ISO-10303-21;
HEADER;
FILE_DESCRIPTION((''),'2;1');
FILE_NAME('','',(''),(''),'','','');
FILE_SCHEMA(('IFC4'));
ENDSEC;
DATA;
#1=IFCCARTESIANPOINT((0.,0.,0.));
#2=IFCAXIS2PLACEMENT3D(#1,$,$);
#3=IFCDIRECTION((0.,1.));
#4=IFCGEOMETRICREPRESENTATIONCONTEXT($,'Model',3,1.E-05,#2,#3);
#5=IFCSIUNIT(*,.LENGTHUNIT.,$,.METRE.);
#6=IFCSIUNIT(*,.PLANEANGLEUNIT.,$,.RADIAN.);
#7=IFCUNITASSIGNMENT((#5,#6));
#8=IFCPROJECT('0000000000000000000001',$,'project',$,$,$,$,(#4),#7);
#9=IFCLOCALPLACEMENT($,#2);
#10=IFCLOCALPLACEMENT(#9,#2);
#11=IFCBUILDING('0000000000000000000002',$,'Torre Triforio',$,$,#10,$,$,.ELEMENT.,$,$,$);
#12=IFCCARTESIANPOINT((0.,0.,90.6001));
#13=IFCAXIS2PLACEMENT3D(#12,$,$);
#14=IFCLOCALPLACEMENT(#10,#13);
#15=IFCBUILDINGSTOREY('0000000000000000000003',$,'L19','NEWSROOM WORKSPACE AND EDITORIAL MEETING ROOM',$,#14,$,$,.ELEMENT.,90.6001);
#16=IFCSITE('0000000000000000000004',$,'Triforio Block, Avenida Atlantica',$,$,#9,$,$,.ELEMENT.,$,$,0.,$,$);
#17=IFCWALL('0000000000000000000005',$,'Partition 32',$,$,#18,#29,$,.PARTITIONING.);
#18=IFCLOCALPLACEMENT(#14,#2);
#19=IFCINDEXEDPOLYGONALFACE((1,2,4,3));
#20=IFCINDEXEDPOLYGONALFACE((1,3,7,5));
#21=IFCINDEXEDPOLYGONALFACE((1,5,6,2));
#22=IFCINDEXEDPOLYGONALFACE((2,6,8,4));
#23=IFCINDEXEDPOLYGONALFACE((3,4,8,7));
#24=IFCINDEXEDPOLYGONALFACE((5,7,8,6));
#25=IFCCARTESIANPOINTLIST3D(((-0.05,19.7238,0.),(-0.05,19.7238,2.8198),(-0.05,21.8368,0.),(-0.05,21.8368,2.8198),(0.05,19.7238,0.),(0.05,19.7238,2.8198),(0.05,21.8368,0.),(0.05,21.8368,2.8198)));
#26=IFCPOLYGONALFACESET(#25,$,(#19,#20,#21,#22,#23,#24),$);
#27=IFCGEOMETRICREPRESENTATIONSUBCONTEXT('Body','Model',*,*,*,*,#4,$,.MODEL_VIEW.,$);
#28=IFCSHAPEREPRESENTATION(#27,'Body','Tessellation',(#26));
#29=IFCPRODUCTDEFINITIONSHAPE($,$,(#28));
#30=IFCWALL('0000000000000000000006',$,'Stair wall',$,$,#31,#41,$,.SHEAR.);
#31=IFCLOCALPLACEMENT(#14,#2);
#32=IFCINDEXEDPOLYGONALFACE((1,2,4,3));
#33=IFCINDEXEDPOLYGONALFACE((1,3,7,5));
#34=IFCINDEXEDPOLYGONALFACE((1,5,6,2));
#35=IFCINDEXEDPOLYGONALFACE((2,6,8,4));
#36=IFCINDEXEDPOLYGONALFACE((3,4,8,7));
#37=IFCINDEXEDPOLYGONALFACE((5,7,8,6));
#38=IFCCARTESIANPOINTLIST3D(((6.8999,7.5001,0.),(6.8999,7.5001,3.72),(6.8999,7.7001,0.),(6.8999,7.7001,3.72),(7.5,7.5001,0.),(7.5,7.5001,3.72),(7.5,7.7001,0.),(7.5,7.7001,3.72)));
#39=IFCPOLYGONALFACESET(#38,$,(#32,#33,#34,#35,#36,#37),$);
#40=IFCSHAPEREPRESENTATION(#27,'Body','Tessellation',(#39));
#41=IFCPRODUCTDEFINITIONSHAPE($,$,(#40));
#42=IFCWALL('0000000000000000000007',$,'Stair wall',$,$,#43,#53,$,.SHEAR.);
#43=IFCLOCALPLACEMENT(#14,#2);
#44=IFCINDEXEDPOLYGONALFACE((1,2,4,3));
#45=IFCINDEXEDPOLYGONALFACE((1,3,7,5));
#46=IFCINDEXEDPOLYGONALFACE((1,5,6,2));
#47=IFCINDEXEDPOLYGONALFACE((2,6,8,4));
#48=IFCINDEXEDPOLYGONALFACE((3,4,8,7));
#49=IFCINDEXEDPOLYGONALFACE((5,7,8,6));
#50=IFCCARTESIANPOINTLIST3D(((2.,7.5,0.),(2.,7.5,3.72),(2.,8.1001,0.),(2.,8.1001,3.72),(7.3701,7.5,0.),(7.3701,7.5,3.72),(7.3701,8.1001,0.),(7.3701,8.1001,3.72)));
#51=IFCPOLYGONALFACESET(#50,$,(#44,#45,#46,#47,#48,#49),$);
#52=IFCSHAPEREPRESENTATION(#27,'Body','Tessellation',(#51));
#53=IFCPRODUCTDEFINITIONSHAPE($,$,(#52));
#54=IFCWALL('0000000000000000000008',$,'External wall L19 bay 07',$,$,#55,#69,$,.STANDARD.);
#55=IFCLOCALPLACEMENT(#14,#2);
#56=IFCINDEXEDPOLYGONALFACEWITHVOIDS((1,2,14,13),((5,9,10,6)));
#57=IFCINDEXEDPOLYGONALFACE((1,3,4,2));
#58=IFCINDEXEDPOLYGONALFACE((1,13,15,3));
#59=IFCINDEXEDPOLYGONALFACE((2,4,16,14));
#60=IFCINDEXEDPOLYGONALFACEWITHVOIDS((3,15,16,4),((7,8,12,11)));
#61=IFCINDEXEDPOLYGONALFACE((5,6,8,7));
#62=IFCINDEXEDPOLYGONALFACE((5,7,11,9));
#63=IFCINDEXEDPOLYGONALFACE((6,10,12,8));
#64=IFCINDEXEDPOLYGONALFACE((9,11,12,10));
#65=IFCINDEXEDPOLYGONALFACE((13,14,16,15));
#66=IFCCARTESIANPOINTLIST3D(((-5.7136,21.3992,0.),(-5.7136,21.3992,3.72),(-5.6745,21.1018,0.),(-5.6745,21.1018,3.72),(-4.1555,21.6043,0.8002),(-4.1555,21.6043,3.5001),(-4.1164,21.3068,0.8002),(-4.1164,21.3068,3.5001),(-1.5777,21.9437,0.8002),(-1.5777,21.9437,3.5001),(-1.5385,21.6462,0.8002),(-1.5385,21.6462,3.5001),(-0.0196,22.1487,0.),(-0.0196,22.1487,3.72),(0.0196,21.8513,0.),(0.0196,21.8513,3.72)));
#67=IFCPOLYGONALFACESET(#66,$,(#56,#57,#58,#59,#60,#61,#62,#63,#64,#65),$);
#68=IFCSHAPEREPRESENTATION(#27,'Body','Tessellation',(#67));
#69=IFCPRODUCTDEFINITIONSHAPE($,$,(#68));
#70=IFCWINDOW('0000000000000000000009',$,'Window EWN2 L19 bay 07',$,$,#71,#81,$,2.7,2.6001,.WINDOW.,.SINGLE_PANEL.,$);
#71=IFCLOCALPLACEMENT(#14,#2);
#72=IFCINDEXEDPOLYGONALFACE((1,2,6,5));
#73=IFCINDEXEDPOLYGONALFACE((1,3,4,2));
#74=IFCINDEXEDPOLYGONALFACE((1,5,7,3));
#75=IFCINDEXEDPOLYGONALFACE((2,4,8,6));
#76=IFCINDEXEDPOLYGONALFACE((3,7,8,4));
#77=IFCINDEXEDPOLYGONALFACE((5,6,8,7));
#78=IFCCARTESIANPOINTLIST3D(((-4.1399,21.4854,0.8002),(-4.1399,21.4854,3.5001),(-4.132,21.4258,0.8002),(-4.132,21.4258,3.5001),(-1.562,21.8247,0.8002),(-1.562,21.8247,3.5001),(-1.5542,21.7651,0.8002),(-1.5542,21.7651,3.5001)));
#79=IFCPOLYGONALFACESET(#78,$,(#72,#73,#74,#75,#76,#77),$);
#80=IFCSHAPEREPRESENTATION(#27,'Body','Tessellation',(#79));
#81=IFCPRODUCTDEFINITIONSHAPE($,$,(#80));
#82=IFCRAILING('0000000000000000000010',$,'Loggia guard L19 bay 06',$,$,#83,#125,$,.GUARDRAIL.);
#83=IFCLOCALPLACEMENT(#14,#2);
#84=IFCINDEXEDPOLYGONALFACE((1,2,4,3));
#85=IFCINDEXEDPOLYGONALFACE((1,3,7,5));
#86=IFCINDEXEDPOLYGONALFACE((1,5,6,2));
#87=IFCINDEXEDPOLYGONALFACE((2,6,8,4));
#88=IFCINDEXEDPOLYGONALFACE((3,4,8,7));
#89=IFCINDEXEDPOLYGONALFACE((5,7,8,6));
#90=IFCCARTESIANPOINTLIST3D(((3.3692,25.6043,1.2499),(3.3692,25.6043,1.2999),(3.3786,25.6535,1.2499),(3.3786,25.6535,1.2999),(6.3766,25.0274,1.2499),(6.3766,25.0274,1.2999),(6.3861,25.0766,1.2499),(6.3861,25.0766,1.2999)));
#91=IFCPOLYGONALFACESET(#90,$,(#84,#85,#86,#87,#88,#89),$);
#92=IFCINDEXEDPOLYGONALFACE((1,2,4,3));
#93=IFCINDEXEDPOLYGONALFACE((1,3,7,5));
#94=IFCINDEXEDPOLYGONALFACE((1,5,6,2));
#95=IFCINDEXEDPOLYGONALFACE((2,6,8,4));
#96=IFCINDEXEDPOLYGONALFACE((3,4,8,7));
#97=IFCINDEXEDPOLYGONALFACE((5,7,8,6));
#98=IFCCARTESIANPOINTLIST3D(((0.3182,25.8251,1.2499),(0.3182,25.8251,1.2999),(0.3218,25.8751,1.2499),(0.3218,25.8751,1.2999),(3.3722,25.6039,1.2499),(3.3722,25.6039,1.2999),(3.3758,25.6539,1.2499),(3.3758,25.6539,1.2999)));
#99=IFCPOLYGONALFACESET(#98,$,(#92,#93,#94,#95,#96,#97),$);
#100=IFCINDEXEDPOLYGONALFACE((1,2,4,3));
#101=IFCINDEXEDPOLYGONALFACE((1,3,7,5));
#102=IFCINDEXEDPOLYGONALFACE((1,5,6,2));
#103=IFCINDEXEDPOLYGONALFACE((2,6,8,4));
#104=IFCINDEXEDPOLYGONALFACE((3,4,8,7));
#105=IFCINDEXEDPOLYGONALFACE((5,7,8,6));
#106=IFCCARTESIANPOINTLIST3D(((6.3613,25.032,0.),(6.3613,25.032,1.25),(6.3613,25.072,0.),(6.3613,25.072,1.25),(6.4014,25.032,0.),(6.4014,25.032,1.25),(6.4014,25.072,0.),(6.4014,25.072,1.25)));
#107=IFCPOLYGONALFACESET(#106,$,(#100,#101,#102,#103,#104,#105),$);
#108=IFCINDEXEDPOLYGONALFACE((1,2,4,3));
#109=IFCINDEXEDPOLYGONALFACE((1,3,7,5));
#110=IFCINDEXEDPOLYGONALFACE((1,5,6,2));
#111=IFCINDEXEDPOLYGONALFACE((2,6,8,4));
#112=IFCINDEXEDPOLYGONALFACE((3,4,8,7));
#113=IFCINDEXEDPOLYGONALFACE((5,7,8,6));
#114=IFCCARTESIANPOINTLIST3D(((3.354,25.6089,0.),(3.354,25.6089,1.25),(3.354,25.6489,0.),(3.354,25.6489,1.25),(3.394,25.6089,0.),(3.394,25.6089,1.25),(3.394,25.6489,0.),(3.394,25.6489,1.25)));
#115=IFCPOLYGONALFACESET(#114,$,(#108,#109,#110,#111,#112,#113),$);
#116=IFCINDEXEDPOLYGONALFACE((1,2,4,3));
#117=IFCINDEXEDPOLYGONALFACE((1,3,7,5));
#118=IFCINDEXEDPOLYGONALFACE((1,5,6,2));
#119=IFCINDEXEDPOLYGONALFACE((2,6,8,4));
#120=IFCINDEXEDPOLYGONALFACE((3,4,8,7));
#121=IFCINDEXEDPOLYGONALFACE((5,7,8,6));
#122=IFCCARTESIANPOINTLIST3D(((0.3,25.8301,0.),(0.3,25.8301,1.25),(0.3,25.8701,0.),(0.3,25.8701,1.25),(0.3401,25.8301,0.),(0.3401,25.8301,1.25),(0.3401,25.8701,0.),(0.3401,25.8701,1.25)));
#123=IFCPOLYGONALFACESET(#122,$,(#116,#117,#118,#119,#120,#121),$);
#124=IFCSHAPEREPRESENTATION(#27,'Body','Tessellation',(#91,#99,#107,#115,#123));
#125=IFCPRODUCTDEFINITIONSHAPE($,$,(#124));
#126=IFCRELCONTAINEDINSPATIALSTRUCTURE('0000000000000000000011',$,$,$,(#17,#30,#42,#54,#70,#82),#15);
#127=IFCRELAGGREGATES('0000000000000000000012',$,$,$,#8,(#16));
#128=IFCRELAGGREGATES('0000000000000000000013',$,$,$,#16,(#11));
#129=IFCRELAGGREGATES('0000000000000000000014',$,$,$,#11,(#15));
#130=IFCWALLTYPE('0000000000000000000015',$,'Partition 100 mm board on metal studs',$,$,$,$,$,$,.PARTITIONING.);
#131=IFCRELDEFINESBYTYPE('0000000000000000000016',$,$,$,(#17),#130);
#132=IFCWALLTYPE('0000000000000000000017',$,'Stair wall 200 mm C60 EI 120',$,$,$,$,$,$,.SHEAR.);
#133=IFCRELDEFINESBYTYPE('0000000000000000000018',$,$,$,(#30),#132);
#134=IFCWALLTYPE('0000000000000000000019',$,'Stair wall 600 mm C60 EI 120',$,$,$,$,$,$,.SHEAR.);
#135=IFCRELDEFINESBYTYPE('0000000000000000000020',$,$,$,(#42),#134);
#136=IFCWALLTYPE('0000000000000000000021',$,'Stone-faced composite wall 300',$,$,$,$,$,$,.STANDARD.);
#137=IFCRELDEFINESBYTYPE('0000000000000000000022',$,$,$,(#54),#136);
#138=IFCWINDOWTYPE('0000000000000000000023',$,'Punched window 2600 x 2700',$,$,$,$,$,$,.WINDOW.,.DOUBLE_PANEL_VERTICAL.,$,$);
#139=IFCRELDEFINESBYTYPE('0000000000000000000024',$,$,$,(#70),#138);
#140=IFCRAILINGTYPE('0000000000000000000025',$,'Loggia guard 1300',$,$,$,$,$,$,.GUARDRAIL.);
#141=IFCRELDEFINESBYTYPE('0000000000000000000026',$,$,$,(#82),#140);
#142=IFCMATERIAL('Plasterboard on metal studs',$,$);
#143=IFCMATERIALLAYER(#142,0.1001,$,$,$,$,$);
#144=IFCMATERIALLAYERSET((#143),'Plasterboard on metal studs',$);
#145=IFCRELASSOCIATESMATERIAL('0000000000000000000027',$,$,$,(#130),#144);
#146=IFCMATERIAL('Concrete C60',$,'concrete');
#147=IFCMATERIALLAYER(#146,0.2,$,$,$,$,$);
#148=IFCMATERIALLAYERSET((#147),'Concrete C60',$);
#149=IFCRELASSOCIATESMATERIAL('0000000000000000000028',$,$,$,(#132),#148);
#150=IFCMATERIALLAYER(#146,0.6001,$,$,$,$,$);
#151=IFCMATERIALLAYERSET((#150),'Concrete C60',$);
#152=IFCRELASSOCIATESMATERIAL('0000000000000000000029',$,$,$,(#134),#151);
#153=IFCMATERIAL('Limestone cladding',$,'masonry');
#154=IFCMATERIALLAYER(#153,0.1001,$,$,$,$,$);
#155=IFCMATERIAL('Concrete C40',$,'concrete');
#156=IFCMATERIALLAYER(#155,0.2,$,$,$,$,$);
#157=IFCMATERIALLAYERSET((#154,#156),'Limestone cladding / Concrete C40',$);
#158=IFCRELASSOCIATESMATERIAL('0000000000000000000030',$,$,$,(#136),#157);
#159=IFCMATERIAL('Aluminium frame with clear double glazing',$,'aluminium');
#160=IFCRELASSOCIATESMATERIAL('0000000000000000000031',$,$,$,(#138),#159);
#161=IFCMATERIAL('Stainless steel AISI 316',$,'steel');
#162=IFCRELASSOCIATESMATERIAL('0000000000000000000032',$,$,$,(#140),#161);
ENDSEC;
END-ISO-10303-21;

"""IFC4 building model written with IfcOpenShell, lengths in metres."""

from ifc_helpers import new_model, si_unit, direction, frame, frame_2d, origin, origin_2d, place, context, subcontext, project, spatial, rectangle, extrude, material, layer, layer_set, type_object, element, fill, save


model = new_model("IFC4")

# Units and contexts
model_context = context("Model", 3, precision=1e-05, world=origin(), true_north=direction((0.0, 1.0)))
body_context = subcontext(model_context, "Body", "Model", "MODEL_VIEW")
ifc_project = project(units=[si_unit("LENGTHUNIT", "METRE"), si_unit("PLANEANGLEUNIT", "RADIAN")], contexts=[model_context])

# Site, building, storey
site_placement = place(None, origin())
site = spatial("IfcSite", under=ifc_project, at=site_placement, Name="Triforio Block, Avenida Atlantica", CompositionType="ELEMENT", RefElevation=0.0)
building_placement = place(site_placement, origin())
building = spatial("IfcBuilding", under=site, at=building_placement, Name="Torre Triforio", CompositionType="ELEMENT")
storey_placement = place(building_placement, frame((0.0, 0.0, 90.6001)))
storey = spatial("IfcBuildingStorey", under=building, at=storey_placement, Name="L19", Description="NEWSROOM WORKSPACE AND EDITORIAL MEETING ROOM", CompositionType="ELEMENT", Elevation=90.6001)

# Shared definitions
ifc_material_1 = material(Name="Concrete C60", Category="concrete")

# Shared definitions
ifc_material_2 = material(Name="Plasterboard on metal studs")

# Walls
ifc_layer_1 = layer(ifc_material_2, 0.1001)
ifc_layer_set_1 = layer_set([ifc_layer_1], Name="Plasterboard on metal studs")
wall_type_1 = type_object("IfcWallType", Name="Partition 100 mm board on metal studs", PredefinedType="PARTITIONING", material=ifc_layer_set_1)
wall_1_placement = place(storey_placement, frame((0.0, 19.7236, 0.0), z_axis=(0.0, 0.0, 1.0), x_axis=(0.0, 1.0, 0.0)))
element("IfcWall", 1, at=wall_1_placement, inside=storey, type_object=wall_type_1, Name="Partition 32", PredefinedType="PARTITIONING", context=body_context, shape_type="SweptSolid", body=[
    extrude(rectangle(XDim=2.113, YDim=0.1001, at=frame_2d((1.0566, 0.0))), origin(), (0.0, 0.0, 1.0), 2.8198),
])
ifc_layer_2 = layer(ifc_material_1, 0.2)
ifc_layer_set_2 = layer_set([ifc_layer_2], Name="Concrete C60")
wall_type_2 = type_object("IfcWallType", Name="Stair wall 200 mm C60 EI 120", PredefinedType="SHEAR", material=ifc_layer_set_2)
wall_2_placement = place(storey_placement, frame((6.8999, 7.6001, 0.0), z_axis=(0.0, 0.0, 1.0), x_axis=(1.0, 0.0, 0.0)))
element("IfcWall", 2, at=wall_2_placement, inside=storey, type_object=wall_type_2, Name="Stair wall", PredefinedType="SHEAR", context=body_context, shape_type="SweptSolid", body=[
    extrude(rectangle(XDim=0.6001, YDim=0.2, at=frame_2d((0.3, 0.0))), origin(), (0.0, 0.0, 1.0), 3.72),
])
ifc_layer_3 = layer(ifc_material_1, 0.6001)
ifc_layer_set_3 = layer_set([ifc_layer_3], Name="Concrete C60")
wall_type_3 = type_object("IfcWallType", Name="Stair wall 600 mm C60 EI 120", PredefinedType="SHEAR", material=ifc_layer_set_3)
wall_3_placement = place(storey_placement, frame((2.0, 7.8, 0.0), z_axis=(0.0, 0.0, 1.0), x_axis=(1.0, 0.0, 0.0)))
element("IfcWall", 3, at=wall_3_placement, inside=storey, type_object=wall_type_3, Name="Stair wall", PredefinedType="SHEAR", context=body_context, shape_type="SweptSolid", body=[
    extrude(rectangle(XDim=5.3701, YDim=0.6001, at=frame_2d((2.6851, 0.0))), origin(), (0.0, 0.0, 1.0), 3.72),
])

# Shared definitions
ifc_material_3 = material(Name="Limestone cladding", Category="masonry")
ifc_layer_4 = layer(ifc_material_3, 0.1001)
ifc_material_4 = material(Name="Concrete C40", Category="concrete")
ifc_layer_5 = layer(ifc_material_4, 0.2)
ifc_layer_set_4 = layer_set([ifc_layer_4, ifc_layer_5], Name="Limestone cladding / Concrete C40")
wall_type_4 = type_object("IfcWallType", Name="Stone-faced composite wall 300", PredefinedType="STANDARD", material=ifc_layer_set_4)
ifc_material_5 = material(Name="Aluminium frame with clear double glazing", Category="aluminium")

# Wall, opening, window
wall_4_placement = place(storey_placement, frame((0.0, 22.0, 0.0), z_axis=(0.0, 0.0, 1.0), x_axis=(-0.991448, -0.130504, 0.0)))
wall_4 = element("IfcWall", 4, at=wall_4_placement, inside=storey, type_object=wall_type_4, Name="External wall L19 bay 07", PredefinedType="STANDARD", context=body_context, shape_type="SweptSolid", body=[
    extrude(rectangle(XDim=5.7432, YDim=0.3, at=frame_2d((2.8716, 0.0))), origin(), (0.0, 0.0, 1.0), 3.72),
])
opening_1_placement = place(wall_4_placement, frame((1.5715, 0.0, 0.8)))
opening_1 = element("IfcOpeningElement", 5, at=opening_1_placement, cuts=wall_4, PredefinedType="OPENING", context=body_context, shape_type="SweptSolid", body=[
    extrude(rectangle(XDim=2.6001, YDim=2.7, at=frame_2d((1.3, 1.3501))), frame((0.0, 0.1599, 0.0), z_axis=(0.0, -1.0, 0.0), x_axis=(1.0, 0.0, 0.0)), (0.0, 0.0, 1.0), 0.3201),
])
window_type_1 = type_object("IfcWindowType", Name="Punched window 2600 x 2700", PartitioningType="DOUBLE_PANEL_VERTICAL", PredefinedType="WINDOW", material=ifc_material_5)
window_1_placement = place(opening_1_placement, origin())
window_1 = element("IfcWindow", 6, at=window_1_placement, inside=storey, type_object=window_type_1, Name="Window EWN2 L19 bay 07", OverallHeight=2.7, OverallWidth=2.6001, PartitioningType="SINGLE_PANEL", PredefinedType="WINDOW", context=body_context, shape_type="SweptSolid", body=[
    extrude(rectangle(XDim=2.6001, YDim=2.7, at=frame_2d((1.3, 1.3501))), frame((0.0, 0.03, 0.0), z_axis=(0.0, -1.0, 0.0), x_axis=(1.0, 0.0, 0.0)), (0.0, 0.0, 1.0), 0.0601),
])
fill(opening_1, window_1)

# Railing
ifc_material_6 = material(Name="Stainless steel AISI 316", Category="steel")
railing_type = type_object("IfcRailingType", Name="Loggia guard 1300", PredefinedType="GUARDRAIL", material=ifc_material_6)
railing_placement = place(storey_placement, frame((6.3813, 25.052, 0.0)))
element("IfcRailing", 7, at=railing_placement, inside=storey, type_object=railing_type, Name="Loggia guard L19 bay 06", PredefinedType="GUARDRAIL", context=body_context, shape_type="SweptSolid", body=[
    extrude(rectangle(XDim=0.05, YDim=0.05, at=origin_2d()), frame((0.0, 0.0, 1.2749), z_axis=(-0.982093, 0.188398, 0.0), x_axis=(-0.188398, -0.982093, 0.0)), (0.0, 0.0, 1.0), 3.0623),
    extrude(rectangle(XDim=0.05, YDim=0.05, at=origin_2d()), frame((-3.0073, 0.5769, 1.2749), z_axis=(-0.997387, 0.072239, 0.0), x_axis=(-0.072239, -0.997387, 0.0)), (0.0, 0.0, 1.0), 3.062),
    extrude(rectangle(XDim=0.04, YDim=0.04, at=origin_2d()), origin(), (0.0, 0.0, 1.0), 1.25),
    extrude(rectangle(XDim=0.04, YDim=0.04, at=origin_2d()), frame((-3.0073, 0.5769, 0.0)), (0.0, 0.0, 1.0), 1.25),
    extrude(rectangle(XDim=0.04, YDim=0.04, at=origin_2d()), frame((-6.0613, 0.7981, 0.0)), (0.0, 0.0, 1.0), 1.25),
])

save(model, "model.ifc")
